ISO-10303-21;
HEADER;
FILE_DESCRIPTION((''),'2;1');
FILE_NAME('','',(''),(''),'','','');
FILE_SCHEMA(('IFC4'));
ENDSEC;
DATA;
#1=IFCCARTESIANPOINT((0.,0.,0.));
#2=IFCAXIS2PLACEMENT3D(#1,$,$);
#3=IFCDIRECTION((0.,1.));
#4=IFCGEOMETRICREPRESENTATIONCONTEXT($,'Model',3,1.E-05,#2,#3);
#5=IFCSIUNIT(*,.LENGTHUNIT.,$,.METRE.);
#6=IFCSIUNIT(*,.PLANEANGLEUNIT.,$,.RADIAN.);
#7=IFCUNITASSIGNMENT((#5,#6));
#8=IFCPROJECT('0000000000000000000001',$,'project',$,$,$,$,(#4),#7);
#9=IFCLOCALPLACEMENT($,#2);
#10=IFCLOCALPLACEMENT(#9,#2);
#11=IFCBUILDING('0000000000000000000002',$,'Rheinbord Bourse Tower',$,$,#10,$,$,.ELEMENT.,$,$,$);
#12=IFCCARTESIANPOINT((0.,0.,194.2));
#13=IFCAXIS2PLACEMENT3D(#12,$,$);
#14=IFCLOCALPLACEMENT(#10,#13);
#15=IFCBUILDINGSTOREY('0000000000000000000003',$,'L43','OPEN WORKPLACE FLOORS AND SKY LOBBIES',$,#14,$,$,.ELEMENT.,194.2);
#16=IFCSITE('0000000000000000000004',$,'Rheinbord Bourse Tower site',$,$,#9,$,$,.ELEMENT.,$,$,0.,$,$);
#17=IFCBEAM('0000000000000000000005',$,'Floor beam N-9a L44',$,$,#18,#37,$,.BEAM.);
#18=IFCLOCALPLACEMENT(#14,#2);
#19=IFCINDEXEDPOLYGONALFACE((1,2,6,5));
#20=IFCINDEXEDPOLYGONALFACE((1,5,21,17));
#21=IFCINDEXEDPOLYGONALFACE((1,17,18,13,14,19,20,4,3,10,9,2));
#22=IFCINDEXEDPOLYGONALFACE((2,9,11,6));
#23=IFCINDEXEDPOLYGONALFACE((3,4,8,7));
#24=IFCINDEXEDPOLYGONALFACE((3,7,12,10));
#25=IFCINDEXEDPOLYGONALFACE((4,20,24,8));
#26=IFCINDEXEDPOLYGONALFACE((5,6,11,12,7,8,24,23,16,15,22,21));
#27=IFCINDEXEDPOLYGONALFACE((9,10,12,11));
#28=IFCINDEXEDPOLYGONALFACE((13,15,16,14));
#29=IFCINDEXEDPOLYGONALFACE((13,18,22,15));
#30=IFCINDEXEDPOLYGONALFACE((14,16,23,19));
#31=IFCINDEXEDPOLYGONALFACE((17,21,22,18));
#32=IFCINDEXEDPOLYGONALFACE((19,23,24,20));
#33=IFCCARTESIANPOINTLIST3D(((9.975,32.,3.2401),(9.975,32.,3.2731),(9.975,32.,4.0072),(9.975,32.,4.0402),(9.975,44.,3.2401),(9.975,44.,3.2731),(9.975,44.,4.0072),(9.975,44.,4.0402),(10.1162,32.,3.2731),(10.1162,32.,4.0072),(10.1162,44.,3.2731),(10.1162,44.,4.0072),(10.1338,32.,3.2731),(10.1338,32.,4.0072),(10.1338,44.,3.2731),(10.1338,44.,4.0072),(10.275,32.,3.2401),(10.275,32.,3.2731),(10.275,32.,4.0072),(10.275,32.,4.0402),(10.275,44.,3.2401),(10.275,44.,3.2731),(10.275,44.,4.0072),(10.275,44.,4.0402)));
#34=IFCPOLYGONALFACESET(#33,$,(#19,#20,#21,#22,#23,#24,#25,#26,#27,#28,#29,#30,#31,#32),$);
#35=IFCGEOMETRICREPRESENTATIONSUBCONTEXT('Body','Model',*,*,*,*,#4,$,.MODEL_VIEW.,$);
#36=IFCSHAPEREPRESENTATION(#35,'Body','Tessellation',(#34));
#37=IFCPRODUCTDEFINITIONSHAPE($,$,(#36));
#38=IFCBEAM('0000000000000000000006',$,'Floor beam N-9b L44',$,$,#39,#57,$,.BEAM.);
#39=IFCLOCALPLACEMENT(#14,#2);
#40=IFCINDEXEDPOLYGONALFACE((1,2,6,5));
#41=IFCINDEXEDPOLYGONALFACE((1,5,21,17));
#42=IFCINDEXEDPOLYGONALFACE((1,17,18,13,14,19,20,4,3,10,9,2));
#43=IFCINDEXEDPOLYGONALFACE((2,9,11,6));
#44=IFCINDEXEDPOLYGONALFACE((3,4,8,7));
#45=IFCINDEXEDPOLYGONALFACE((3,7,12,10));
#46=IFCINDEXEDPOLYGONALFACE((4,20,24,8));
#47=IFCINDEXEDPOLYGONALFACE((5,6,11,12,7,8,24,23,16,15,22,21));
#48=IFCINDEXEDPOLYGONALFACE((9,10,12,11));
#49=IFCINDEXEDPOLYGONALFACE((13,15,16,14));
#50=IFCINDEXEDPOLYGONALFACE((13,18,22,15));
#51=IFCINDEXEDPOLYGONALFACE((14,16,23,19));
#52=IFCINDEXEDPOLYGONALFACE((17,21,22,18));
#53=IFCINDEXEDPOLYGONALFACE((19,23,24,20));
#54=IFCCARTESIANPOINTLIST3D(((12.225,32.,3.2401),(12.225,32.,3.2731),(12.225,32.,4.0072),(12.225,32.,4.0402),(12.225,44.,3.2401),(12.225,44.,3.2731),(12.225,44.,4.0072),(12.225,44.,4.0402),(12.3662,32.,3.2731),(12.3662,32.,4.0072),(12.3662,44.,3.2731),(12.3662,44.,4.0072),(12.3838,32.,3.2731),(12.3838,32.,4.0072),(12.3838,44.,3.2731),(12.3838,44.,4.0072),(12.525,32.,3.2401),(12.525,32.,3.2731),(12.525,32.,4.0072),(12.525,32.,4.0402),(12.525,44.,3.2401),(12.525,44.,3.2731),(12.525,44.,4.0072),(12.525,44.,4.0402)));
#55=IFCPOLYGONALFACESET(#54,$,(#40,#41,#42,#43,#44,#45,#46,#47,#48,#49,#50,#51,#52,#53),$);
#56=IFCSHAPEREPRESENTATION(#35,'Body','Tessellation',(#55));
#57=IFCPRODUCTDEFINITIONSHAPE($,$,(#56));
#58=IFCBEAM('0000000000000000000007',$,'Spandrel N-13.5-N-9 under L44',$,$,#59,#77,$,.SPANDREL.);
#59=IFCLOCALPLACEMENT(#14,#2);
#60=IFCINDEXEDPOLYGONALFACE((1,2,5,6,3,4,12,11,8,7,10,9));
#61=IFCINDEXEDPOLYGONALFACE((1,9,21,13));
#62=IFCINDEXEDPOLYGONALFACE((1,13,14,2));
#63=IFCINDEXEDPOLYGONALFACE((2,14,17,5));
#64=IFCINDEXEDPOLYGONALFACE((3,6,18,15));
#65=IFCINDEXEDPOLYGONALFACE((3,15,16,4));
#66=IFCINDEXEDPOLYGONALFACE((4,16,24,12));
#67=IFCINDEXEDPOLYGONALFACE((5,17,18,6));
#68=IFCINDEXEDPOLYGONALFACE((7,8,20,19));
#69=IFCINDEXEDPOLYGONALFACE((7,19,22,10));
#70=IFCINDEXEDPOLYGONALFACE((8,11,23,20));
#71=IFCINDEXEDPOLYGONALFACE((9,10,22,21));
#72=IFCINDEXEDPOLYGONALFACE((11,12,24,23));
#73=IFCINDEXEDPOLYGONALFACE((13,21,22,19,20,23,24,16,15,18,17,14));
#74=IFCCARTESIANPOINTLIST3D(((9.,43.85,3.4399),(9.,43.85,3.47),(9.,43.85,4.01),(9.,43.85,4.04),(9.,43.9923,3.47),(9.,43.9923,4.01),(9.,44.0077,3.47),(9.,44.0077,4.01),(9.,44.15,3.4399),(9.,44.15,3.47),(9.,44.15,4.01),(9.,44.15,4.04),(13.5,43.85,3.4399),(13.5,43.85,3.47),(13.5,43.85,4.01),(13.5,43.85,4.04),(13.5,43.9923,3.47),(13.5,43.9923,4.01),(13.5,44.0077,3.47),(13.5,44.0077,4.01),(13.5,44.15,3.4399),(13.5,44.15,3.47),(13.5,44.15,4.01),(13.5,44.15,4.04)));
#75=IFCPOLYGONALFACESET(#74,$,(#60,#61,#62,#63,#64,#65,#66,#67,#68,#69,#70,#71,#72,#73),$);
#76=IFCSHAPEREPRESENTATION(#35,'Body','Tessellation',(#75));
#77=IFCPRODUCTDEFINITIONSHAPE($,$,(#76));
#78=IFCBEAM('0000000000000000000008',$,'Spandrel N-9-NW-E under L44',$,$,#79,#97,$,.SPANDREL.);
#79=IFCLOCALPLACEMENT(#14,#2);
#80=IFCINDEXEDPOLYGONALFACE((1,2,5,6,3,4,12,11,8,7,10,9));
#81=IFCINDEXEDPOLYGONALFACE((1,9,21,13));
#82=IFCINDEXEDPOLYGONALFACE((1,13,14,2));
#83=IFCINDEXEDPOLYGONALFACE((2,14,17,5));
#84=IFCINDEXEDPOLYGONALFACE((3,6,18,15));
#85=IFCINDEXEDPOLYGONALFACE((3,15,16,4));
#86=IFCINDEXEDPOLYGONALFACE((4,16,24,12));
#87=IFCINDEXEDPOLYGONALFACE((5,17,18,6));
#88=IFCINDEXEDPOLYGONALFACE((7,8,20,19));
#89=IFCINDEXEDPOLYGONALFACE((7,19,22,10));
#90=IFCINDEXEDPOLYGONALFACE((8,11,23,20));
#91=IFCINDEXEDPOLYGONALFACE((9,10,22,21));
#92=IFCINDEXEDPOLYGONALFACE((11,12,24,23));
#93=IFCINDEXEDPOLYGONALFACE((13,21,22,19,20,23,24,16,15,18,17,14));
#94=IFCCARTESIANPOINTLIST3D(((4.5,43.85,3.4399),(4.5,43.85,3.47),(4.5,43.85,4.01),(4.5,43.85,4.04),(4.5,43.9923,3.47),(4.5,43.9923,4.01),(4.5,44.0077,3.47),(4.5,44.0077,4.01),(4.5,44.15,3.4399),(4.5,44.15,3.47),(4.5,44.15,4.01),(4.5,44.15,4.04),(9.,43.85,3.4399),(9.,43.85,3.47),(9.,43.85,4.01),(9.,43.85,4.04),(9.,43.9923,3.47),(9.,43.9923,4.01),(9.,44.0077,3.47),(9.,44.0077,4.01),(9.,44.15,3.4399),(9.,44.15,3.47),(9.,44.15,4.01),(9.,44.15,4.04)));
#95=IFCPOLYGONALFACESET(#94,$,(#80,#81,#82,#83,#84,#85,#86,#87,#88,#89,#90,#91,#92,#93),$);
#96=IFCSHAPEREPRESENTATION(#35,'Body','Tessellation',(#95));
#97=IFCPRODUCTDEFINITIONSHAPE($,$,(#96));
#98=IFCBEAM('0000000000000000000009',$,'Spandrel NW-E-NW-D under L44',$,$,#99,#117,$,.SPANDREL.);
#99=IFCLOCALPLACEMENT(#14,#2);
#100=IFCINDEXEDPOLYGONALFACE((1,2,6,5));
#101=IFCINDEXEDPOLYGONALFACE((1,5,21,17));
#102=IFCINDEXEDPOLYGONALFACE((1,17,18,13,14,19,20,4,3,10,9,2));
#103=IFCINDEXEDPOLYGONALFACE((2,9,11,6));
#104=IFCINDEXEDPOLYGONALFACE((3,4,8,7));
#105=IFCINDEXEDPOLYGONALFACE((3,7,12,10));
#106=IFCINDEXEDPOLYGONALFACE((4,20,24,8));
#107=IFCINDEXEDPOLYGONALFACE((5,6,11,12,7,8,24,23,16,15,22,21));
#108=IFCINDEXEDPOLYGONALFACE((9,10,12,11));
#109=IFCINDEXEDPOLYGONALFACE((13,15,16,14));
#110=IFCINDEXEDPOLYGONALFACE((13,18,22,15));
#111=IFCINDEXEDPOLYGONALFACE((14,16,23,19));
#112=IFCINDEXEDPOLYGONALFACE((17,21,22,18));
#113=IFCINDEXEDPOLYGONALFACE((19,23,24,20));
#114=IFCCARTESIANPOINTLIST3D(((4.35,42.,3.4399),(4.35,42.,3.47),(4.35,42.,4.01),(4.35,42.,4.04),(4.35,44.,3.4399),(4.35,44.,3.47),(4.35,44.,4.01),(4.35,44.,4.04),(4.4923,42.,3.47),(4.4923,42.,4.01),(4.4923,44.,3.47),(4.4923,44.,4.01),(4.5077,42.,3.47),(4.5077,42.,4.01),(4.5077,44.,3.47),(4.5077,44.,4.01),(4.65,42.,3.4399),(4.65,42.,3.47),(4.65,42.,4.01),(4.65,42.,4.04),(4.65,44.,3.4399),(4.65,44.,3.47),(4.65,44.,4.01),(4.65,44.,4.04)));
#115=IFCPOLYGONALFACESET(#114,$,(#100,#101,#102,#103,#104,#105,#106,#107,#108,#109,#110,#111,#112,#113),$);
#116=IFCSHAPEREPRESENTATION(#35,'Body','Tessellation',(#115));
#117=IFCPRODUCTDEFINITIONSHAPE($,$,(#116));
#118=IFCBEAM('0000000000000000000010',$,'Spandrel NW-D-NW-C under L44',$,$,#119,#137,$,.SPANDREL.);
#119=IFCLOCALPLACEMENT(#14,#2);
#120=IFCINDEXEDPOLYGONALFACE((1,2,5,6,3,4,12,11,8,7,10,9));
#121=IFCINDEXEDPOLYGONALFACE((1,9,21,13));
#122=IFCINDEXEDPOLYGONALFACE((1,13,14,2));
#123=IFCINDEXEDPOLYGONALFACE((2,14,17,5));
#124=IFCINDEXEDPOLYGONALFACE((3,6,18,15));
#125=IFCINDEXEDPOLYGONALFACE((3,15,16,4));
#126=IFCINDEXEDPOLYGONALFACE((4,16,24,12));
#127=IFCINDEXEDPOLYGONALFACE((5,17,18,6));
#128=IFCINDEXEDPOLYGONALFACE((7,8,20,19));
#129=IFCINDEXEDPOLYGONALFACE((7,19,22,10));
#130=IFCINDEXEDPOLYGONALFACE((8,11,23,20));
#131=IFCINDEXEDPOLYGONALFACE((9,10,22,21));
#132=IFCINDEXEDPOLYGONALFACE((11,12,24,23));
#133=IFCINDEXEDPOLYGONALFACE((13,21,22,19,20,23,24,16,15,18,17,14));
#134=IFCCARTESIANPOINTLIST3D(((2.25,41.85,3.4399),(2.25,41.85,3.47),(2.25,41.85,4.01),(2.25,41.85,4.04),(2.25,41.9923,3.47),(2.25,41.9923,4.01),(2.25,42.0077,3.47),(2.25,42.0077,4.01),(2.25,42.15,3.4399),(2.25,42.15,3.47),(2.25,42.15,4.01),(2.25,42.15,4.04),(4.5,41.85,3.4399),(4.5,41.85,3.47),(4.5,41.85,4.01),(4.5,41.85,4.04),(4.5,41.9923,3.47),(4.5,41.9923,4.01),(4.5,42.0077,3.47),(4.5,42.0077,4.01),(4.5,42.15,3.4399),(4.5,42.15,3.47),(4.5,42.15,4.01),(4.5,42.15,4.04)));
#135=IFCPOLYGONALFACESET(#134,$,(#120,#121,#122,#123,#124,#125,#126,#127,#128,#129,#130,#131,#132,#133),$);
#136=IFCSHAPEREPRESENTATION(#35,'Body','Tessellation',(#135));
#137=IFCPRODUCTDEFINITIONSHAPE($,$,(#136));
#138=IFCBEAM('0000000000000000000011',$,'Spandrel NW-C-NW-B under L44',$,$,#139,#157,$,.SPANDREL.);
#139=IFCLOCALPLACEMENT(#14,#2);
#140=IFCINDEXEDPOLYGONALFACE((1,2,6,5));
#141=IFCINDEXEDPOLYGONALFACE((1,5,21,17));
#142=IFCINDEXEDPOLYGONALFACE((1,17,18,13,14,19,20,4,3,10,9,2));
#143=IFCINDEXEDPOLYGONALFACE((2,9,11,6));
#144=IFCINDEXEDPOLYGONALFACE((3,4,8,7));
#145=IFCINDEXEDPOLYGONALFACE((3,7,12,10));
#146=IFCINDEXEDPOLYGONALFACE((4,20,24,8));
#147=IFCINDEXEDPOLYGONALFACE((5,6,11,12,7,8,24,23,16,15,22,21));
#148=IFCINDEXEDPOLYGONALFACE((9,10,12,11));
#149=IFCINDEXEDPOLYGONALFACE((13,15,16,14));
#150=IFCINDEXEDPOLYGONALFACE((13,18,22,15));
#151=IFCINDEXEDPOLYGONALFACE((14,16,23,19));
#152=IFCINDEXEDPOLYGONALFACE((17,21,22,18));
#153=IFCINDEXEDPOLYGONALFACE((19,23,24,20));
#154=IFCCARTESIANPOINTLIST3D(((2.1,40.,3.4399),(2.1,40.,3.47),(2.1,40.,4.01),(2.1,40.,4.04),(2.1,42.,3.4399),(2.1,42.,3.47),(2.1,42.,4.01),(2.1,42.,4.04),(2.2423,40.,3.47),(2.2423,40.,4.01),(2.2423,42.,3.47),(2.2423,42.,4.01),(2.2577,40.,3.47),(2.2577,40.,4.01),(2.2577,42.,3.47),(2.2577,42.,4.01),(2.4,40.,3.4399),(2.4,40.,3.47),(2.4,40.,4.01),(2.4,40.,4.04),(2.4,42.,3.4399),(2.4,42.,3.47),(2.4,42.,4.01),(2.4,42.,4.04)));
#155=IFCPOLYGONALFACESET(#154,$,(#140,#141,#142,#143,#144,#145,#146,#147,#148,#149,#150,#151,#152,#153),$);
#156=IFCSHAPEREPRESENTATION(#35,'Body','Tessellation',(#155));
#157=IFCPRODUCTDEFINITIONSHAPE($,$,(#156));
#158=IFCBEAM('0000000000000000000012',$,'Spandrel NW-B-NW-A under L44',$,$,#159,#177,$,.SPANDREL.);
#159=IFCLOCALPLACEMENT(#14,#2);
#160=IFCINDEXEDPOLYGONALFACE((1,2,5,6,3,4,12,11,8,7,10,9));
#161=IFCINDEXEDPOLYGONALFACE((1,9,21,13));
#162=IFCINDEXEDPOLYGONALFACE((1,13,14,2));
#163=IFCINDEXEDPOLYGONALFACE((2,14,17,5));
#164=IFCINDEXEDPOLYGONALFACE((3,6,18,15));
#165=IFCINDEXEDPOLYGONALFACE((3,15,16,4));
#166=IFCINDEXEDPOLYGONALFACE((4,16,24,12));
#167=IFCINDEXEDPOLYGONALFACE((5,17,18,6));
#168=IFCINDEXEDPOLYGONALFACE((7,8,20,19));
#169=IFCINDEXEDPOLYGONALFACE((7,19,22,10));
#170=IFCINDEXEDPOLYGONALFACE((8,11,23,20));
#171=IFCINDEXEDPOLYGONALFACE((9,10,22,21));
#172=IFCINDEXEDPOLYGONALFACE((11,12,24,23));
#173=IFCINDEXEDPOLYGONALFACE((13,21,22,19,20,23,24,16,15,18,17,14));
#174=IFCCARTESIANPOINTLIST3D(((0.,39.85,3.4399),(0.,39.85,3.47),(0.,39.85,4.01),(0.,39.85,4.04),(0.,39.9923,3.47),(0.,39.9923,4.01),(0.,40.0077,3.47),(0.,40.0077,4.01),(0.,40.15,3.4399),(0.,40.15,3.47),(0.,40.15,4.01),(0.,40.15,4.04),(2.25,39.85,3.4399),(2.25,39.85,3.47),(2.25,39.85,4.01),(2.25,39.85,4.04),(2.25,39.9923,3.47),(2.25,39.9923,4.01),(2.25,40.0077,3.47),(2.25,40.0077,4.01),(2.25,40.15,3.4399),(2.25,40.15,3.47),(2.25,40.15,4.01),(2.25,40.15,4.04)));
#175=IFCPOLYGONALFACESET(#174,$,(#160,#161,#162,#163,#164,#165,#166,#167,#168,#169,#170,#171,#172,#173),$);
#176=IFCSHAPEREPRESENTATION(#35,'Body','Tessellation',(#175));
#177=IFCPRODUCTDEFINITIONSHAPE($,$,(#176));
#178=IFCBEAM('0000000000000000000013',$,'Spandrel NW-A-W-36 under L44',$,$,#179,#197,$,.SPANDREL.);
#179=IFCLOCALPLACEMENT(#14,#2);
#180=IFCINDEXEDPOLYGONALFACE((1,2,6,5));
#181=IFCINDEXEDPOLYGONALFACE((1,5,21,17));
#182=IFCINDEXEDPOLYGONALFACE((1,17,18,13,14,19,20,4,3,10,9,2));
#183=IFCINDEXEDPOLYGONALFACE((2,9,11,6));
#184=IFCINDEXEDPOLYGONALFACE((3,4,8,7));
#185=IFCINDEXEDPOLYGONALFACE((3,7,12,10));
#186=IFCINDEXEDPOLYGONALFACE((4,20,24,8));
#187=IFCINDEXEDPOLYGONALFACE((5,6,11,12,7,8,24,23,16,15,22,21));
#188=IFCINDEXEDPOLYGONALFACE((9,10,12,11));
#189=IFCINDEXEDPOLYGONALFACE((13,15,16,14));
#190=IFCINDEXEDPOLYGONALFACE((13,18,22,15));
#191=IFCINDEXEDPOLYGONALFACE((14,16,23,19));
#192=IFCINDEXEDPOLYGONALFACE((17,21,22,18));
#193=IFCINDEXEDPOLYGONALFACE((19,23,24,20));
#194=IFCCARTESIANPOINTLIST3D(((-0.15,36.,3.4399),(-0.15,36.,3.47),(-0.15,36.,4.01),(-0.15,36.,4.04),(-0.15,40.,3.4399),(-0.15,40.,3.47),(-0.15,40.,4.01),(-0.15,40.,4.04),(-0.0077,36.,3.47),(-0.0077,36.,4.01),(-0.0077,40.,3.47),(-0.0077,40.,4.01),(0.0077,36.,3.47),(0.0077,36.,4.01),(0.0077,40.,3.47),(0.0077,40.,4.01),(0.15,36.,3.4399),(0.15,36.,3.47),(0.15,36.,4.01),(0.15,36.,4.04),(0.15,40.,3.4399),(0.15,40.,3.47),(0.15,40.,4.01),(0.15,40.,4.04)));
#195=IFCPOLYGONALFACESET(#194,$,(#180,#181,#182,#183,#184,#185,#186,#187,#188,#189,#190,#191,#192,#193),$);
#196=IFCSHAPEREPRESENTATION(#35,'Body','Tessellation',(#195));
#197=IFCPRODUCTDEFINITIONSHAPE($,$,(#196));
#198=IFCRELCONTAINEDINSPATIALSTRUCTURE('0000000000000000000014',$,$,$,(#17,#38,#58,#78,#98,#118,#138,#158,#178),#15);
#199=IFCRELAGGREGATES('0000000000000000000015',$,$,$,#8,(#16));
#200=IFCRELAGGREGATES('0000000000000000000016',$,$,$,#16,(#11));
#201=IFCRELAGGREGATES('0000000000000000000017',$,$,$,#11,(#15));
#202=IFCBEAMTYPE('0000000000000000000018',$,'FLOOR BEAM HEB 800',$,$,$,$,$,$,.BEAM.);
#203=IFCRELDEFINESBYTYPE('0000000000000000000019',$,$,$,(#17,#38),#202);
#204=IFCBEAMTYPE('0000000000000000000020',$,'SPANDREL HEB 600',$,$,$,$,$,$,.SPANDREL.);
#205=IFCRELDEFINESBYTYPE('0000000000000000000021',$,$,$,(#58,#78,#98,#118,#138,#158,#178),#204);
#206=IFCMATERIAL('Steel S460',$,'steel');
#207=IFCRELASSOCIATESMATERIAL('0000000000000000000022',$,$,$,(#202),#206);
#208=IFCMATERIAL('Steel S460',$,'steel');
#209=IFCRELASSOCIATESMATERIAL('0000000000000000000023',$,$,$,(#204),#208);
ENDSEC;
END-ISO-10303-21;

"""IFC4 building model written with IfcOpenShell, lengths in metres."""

from ifc_helpers import new_model, si_unit, direction, frame, origin, origin_2d, place, context, subcontext, project, spatial, i_section, extrude, material, material_profile, profile_set, type_object, element, save


model = new_model("IFC4")

# Units and contexts
model_context = context("Model", 3, precision=1e-05, world=origin(), true_north=direction((0.0, 1.0)))
body_context = subcontext(model_context, "Body", "Model", "MODEL_VIEW")
ifc_project = project(units=[si_unit("LENGTHUNIT", "METRE"), si_unit("PLANEANGLEUNIT", "RADIAN")], contexts=[model_context])

# Site, building, storey
site_placement = place(None, origin())
site = spatial("IfcSite", under=ifc_project, at=site_placement, Name="Rheinbord Bourse Tower site", CompositionType="ELEMENT", RefElevation=0.0)
building_placement = place(site_placement, origin())
building = spatial("IfcBuilding", under=site, at=building_placement, Name="Rheinbord Bourse Tower", CompositionType="ELEMENT")
storey_placement = place(building_placement, frame((0.0, 0.0, 194.2)))
storey = spatial("IfcBuildingStorey", under=building, at=storey_placement, Name="L43", Description="OPEN WORKPLACE FLOORS AND SKY LOBBIES", CompositionType="ELEMENT", Elevation=194.2)

# Beams
ifc_material_1 = material(Name="Steel S460", Category="steel")
ifc_material_profile_1 = material_profile(ifc_material_1, i_section(OverallWidth=0.3, OverallDepth=0.8, WebThickness=0.0176, FlangeThickness=0.033, at=origin_2d()), Name="HEB 800")
ifc_profile_set_1 = profile_set([ifc_material_profile_1], Name="Steel S460")
beam_type_1 = type_object("IfcBeamType", Name="FLOOR BEAM HEB 800", PredefinedType="BEAM", material=ifc_profile_set_1)
for number, where, z_axis, x_axis, name in (
    (1, (10.125, 44.0, 3.6401), (0.0, -1.0, 0.0), (1.0, 0.0, 0.0), "Floor beam N-9a L44"),
    (2, (12.375, 44.0, 3.6401), (0.0, -1.0, 0.0), (1.0, 0.0, 0.0), "Floor beam N-9b L44"),
):
    element("IfcBeam", number, at=place(storey_placement, frame(where, z_axis=z_axis, x_axis=x_axis)), inside=storey, type_object=beam_type_1, Name=name, PredefinedType="BEAM", context=body_context, shape_type="SweptSolid", body=[
        extrude(i_section(OverallWidth=0.3, OverallDepth=0.8, WebThickness=0.0176, FlangeThickness=0.033, at=origin_2d()), origin(), (0.0, 0.0, 1.0), 12.0),
    ])
ifc_material_2 = material(Name="Steel S460", Category="steel")
ifc_material_profile_2 = material_profile(ifc_material_2, i_section(OverallWidth=0.3, OverallDepth=0.6001, WebThickness=0.0154, FlangeThickness=0.03, at=origin_2d()), Name="HEB 600")
ifc_profile_set_2 = profile_set([ifc_material_profile_2], Name="Steel S460")
beam_type_2 = type_object("IfcBeamType", Name="SPANDREL HEB 600", PredefinedType="SPANDREL", material=ifc_profile_set_2)
for number, where, z_axis, x_axis, name in (
    (3, (13.5, 44.0, 3.74), (-1.0, 0.0, 0.0), (0.0, -1.0, 0.0), "Spandrel N-13.5-N-9 under L44"),
    (4, (9.0, 44.0, 3.74), (-1.0, 0.0, 0.0), (0.0, -1.0, 0.0), "Spandrel N-9-NW-E under L44"),
):
    element("IfcBeam", number, at=place(storey_placement, frame(where, z_axis=z_axis, x_axis=x_axis)), inside=storey, type_object=beam_type_2, Name=name, PredefinedType="SPANDREL", context=body_context, shape_type="SweptSolid", body=[
        extrude(i_section(OverallWidth=0.3, OverallDepth=0.6001, WebThickness=0.0154, FlangeThickness=0.03, at=origin_2d()), origin(), (0.0, 0.0, 1.0), 4.5),
    ])
beam_1_placement = place(storey_placement, frame((4.5, 44.0, 3.74), z_axis=(0.0, -1.0, 0.0), x_axis=(1.0, 0.0, 0.0)))
element("IfcBeam", 5, at=beam_1_placement, inside=storey, type_object=beam_type_2, Name="Spandrel NW-E-NW-D under L44", PredefinedType="SPANDREL", context=body_context, shape_type="SweptSolid", body=[
    extrude(i_section(OverallWidth=0.3, OverallDepth=0.6001, WebThickness=0.0154, FlangeThickness=0.03, at=origin_2d()), origin(), (0.0, 0.0, 1.0), 2.0),
])
beam_2_placement = place(storey_placement, frame((4.5, 42.0, 3.74), z_axis=(-1.0, 0.0, 0.0), x_axis=(0.0, -1.0, 0.0)))
element("IfcBeam", 6, at=beam_2_placement, inside=storey, type_object=beam_type_2, Name="Spandrel NW-D-NW-C under L44", PredefinedType="SPANDREL", context=body_context, shape_type="SweptSolid", body=[
    extrude(i_section(OverallWidth=0.3, OverallDepth=0.6001, WebThickness=0.0154, FlangeThickness=0.03, at=origin_2d()), origin(), (0.0, 0.0, 1.0), 2.25),
])
beam_3_placement = place(storey_placement, frame((2.25, 42.0, 3.74), z_axis=(0.0, -1.0, 0.0), x_axis=(1.0, 0.0, 0.0)))
element("IfcBeam", 7, at=beam_3_placement, inside=storey, type_object=beam_type_2, Name="Spandrel NW-C-NW-B under L44", PredefinedType="SPANDREL", context=body_context, shape_type="SweptSolid", body=[
    extrude(i_section(OverallWidth=0.3, OverallDepth=0.6001, WebThickness=0.0154, FlangeThickness=0.03, at=origin_2d()), origin(), (0.0, 0.0, 1.0), 2.0),
])
beam_4_placement = place(storey_placement, frame((2.25, 40.0, 3.74), z_axis=(-1.0, 0.0, 0.0), x_axis=(0.0, -1.0, 0.0)))
element("IfcBeam", 8, at=beam_4_placement, inside=storey, type_object=beam_type_2, Name="Spandrel NW-B-NW-A under L44", PredefinedType="SPANDREL", context=body_context, shape_type="SweptSolid", body=[
    extrude(i_section(OverallWidth=0.3, OverallDepth=0.6001, WebThickness=0.0154, FlangeThickness=0.03, at=origin_2d()), origin(), (0.0, 0.0, 1.0), 2.25),
])
beam_5_placement = place(storey_placement, frame((0.0, 40.0, 3.74), z_axis=(0.0, -1.0, 0.0), x_axis=(1.0, 0.0, 0.0)))
element("IfcBeam", 9, at=beam_5_placement, inside=storey, type_object=beam_type_2, Name="Spandrel NW-A-W-36 under L44", PredefinedType="SPANDREL", context=body_context, shape_type="SweptSolid", body=[
    extrude(i_section(OverallWidth=0.3, OverallDepth=0.6001, WebThickness=0.0154, FlangeThickness=0.03, at=origin_2d()), origin(), (0.0, 0.0, 1.0), 4.0),
])

save(model, "model.ifc")
